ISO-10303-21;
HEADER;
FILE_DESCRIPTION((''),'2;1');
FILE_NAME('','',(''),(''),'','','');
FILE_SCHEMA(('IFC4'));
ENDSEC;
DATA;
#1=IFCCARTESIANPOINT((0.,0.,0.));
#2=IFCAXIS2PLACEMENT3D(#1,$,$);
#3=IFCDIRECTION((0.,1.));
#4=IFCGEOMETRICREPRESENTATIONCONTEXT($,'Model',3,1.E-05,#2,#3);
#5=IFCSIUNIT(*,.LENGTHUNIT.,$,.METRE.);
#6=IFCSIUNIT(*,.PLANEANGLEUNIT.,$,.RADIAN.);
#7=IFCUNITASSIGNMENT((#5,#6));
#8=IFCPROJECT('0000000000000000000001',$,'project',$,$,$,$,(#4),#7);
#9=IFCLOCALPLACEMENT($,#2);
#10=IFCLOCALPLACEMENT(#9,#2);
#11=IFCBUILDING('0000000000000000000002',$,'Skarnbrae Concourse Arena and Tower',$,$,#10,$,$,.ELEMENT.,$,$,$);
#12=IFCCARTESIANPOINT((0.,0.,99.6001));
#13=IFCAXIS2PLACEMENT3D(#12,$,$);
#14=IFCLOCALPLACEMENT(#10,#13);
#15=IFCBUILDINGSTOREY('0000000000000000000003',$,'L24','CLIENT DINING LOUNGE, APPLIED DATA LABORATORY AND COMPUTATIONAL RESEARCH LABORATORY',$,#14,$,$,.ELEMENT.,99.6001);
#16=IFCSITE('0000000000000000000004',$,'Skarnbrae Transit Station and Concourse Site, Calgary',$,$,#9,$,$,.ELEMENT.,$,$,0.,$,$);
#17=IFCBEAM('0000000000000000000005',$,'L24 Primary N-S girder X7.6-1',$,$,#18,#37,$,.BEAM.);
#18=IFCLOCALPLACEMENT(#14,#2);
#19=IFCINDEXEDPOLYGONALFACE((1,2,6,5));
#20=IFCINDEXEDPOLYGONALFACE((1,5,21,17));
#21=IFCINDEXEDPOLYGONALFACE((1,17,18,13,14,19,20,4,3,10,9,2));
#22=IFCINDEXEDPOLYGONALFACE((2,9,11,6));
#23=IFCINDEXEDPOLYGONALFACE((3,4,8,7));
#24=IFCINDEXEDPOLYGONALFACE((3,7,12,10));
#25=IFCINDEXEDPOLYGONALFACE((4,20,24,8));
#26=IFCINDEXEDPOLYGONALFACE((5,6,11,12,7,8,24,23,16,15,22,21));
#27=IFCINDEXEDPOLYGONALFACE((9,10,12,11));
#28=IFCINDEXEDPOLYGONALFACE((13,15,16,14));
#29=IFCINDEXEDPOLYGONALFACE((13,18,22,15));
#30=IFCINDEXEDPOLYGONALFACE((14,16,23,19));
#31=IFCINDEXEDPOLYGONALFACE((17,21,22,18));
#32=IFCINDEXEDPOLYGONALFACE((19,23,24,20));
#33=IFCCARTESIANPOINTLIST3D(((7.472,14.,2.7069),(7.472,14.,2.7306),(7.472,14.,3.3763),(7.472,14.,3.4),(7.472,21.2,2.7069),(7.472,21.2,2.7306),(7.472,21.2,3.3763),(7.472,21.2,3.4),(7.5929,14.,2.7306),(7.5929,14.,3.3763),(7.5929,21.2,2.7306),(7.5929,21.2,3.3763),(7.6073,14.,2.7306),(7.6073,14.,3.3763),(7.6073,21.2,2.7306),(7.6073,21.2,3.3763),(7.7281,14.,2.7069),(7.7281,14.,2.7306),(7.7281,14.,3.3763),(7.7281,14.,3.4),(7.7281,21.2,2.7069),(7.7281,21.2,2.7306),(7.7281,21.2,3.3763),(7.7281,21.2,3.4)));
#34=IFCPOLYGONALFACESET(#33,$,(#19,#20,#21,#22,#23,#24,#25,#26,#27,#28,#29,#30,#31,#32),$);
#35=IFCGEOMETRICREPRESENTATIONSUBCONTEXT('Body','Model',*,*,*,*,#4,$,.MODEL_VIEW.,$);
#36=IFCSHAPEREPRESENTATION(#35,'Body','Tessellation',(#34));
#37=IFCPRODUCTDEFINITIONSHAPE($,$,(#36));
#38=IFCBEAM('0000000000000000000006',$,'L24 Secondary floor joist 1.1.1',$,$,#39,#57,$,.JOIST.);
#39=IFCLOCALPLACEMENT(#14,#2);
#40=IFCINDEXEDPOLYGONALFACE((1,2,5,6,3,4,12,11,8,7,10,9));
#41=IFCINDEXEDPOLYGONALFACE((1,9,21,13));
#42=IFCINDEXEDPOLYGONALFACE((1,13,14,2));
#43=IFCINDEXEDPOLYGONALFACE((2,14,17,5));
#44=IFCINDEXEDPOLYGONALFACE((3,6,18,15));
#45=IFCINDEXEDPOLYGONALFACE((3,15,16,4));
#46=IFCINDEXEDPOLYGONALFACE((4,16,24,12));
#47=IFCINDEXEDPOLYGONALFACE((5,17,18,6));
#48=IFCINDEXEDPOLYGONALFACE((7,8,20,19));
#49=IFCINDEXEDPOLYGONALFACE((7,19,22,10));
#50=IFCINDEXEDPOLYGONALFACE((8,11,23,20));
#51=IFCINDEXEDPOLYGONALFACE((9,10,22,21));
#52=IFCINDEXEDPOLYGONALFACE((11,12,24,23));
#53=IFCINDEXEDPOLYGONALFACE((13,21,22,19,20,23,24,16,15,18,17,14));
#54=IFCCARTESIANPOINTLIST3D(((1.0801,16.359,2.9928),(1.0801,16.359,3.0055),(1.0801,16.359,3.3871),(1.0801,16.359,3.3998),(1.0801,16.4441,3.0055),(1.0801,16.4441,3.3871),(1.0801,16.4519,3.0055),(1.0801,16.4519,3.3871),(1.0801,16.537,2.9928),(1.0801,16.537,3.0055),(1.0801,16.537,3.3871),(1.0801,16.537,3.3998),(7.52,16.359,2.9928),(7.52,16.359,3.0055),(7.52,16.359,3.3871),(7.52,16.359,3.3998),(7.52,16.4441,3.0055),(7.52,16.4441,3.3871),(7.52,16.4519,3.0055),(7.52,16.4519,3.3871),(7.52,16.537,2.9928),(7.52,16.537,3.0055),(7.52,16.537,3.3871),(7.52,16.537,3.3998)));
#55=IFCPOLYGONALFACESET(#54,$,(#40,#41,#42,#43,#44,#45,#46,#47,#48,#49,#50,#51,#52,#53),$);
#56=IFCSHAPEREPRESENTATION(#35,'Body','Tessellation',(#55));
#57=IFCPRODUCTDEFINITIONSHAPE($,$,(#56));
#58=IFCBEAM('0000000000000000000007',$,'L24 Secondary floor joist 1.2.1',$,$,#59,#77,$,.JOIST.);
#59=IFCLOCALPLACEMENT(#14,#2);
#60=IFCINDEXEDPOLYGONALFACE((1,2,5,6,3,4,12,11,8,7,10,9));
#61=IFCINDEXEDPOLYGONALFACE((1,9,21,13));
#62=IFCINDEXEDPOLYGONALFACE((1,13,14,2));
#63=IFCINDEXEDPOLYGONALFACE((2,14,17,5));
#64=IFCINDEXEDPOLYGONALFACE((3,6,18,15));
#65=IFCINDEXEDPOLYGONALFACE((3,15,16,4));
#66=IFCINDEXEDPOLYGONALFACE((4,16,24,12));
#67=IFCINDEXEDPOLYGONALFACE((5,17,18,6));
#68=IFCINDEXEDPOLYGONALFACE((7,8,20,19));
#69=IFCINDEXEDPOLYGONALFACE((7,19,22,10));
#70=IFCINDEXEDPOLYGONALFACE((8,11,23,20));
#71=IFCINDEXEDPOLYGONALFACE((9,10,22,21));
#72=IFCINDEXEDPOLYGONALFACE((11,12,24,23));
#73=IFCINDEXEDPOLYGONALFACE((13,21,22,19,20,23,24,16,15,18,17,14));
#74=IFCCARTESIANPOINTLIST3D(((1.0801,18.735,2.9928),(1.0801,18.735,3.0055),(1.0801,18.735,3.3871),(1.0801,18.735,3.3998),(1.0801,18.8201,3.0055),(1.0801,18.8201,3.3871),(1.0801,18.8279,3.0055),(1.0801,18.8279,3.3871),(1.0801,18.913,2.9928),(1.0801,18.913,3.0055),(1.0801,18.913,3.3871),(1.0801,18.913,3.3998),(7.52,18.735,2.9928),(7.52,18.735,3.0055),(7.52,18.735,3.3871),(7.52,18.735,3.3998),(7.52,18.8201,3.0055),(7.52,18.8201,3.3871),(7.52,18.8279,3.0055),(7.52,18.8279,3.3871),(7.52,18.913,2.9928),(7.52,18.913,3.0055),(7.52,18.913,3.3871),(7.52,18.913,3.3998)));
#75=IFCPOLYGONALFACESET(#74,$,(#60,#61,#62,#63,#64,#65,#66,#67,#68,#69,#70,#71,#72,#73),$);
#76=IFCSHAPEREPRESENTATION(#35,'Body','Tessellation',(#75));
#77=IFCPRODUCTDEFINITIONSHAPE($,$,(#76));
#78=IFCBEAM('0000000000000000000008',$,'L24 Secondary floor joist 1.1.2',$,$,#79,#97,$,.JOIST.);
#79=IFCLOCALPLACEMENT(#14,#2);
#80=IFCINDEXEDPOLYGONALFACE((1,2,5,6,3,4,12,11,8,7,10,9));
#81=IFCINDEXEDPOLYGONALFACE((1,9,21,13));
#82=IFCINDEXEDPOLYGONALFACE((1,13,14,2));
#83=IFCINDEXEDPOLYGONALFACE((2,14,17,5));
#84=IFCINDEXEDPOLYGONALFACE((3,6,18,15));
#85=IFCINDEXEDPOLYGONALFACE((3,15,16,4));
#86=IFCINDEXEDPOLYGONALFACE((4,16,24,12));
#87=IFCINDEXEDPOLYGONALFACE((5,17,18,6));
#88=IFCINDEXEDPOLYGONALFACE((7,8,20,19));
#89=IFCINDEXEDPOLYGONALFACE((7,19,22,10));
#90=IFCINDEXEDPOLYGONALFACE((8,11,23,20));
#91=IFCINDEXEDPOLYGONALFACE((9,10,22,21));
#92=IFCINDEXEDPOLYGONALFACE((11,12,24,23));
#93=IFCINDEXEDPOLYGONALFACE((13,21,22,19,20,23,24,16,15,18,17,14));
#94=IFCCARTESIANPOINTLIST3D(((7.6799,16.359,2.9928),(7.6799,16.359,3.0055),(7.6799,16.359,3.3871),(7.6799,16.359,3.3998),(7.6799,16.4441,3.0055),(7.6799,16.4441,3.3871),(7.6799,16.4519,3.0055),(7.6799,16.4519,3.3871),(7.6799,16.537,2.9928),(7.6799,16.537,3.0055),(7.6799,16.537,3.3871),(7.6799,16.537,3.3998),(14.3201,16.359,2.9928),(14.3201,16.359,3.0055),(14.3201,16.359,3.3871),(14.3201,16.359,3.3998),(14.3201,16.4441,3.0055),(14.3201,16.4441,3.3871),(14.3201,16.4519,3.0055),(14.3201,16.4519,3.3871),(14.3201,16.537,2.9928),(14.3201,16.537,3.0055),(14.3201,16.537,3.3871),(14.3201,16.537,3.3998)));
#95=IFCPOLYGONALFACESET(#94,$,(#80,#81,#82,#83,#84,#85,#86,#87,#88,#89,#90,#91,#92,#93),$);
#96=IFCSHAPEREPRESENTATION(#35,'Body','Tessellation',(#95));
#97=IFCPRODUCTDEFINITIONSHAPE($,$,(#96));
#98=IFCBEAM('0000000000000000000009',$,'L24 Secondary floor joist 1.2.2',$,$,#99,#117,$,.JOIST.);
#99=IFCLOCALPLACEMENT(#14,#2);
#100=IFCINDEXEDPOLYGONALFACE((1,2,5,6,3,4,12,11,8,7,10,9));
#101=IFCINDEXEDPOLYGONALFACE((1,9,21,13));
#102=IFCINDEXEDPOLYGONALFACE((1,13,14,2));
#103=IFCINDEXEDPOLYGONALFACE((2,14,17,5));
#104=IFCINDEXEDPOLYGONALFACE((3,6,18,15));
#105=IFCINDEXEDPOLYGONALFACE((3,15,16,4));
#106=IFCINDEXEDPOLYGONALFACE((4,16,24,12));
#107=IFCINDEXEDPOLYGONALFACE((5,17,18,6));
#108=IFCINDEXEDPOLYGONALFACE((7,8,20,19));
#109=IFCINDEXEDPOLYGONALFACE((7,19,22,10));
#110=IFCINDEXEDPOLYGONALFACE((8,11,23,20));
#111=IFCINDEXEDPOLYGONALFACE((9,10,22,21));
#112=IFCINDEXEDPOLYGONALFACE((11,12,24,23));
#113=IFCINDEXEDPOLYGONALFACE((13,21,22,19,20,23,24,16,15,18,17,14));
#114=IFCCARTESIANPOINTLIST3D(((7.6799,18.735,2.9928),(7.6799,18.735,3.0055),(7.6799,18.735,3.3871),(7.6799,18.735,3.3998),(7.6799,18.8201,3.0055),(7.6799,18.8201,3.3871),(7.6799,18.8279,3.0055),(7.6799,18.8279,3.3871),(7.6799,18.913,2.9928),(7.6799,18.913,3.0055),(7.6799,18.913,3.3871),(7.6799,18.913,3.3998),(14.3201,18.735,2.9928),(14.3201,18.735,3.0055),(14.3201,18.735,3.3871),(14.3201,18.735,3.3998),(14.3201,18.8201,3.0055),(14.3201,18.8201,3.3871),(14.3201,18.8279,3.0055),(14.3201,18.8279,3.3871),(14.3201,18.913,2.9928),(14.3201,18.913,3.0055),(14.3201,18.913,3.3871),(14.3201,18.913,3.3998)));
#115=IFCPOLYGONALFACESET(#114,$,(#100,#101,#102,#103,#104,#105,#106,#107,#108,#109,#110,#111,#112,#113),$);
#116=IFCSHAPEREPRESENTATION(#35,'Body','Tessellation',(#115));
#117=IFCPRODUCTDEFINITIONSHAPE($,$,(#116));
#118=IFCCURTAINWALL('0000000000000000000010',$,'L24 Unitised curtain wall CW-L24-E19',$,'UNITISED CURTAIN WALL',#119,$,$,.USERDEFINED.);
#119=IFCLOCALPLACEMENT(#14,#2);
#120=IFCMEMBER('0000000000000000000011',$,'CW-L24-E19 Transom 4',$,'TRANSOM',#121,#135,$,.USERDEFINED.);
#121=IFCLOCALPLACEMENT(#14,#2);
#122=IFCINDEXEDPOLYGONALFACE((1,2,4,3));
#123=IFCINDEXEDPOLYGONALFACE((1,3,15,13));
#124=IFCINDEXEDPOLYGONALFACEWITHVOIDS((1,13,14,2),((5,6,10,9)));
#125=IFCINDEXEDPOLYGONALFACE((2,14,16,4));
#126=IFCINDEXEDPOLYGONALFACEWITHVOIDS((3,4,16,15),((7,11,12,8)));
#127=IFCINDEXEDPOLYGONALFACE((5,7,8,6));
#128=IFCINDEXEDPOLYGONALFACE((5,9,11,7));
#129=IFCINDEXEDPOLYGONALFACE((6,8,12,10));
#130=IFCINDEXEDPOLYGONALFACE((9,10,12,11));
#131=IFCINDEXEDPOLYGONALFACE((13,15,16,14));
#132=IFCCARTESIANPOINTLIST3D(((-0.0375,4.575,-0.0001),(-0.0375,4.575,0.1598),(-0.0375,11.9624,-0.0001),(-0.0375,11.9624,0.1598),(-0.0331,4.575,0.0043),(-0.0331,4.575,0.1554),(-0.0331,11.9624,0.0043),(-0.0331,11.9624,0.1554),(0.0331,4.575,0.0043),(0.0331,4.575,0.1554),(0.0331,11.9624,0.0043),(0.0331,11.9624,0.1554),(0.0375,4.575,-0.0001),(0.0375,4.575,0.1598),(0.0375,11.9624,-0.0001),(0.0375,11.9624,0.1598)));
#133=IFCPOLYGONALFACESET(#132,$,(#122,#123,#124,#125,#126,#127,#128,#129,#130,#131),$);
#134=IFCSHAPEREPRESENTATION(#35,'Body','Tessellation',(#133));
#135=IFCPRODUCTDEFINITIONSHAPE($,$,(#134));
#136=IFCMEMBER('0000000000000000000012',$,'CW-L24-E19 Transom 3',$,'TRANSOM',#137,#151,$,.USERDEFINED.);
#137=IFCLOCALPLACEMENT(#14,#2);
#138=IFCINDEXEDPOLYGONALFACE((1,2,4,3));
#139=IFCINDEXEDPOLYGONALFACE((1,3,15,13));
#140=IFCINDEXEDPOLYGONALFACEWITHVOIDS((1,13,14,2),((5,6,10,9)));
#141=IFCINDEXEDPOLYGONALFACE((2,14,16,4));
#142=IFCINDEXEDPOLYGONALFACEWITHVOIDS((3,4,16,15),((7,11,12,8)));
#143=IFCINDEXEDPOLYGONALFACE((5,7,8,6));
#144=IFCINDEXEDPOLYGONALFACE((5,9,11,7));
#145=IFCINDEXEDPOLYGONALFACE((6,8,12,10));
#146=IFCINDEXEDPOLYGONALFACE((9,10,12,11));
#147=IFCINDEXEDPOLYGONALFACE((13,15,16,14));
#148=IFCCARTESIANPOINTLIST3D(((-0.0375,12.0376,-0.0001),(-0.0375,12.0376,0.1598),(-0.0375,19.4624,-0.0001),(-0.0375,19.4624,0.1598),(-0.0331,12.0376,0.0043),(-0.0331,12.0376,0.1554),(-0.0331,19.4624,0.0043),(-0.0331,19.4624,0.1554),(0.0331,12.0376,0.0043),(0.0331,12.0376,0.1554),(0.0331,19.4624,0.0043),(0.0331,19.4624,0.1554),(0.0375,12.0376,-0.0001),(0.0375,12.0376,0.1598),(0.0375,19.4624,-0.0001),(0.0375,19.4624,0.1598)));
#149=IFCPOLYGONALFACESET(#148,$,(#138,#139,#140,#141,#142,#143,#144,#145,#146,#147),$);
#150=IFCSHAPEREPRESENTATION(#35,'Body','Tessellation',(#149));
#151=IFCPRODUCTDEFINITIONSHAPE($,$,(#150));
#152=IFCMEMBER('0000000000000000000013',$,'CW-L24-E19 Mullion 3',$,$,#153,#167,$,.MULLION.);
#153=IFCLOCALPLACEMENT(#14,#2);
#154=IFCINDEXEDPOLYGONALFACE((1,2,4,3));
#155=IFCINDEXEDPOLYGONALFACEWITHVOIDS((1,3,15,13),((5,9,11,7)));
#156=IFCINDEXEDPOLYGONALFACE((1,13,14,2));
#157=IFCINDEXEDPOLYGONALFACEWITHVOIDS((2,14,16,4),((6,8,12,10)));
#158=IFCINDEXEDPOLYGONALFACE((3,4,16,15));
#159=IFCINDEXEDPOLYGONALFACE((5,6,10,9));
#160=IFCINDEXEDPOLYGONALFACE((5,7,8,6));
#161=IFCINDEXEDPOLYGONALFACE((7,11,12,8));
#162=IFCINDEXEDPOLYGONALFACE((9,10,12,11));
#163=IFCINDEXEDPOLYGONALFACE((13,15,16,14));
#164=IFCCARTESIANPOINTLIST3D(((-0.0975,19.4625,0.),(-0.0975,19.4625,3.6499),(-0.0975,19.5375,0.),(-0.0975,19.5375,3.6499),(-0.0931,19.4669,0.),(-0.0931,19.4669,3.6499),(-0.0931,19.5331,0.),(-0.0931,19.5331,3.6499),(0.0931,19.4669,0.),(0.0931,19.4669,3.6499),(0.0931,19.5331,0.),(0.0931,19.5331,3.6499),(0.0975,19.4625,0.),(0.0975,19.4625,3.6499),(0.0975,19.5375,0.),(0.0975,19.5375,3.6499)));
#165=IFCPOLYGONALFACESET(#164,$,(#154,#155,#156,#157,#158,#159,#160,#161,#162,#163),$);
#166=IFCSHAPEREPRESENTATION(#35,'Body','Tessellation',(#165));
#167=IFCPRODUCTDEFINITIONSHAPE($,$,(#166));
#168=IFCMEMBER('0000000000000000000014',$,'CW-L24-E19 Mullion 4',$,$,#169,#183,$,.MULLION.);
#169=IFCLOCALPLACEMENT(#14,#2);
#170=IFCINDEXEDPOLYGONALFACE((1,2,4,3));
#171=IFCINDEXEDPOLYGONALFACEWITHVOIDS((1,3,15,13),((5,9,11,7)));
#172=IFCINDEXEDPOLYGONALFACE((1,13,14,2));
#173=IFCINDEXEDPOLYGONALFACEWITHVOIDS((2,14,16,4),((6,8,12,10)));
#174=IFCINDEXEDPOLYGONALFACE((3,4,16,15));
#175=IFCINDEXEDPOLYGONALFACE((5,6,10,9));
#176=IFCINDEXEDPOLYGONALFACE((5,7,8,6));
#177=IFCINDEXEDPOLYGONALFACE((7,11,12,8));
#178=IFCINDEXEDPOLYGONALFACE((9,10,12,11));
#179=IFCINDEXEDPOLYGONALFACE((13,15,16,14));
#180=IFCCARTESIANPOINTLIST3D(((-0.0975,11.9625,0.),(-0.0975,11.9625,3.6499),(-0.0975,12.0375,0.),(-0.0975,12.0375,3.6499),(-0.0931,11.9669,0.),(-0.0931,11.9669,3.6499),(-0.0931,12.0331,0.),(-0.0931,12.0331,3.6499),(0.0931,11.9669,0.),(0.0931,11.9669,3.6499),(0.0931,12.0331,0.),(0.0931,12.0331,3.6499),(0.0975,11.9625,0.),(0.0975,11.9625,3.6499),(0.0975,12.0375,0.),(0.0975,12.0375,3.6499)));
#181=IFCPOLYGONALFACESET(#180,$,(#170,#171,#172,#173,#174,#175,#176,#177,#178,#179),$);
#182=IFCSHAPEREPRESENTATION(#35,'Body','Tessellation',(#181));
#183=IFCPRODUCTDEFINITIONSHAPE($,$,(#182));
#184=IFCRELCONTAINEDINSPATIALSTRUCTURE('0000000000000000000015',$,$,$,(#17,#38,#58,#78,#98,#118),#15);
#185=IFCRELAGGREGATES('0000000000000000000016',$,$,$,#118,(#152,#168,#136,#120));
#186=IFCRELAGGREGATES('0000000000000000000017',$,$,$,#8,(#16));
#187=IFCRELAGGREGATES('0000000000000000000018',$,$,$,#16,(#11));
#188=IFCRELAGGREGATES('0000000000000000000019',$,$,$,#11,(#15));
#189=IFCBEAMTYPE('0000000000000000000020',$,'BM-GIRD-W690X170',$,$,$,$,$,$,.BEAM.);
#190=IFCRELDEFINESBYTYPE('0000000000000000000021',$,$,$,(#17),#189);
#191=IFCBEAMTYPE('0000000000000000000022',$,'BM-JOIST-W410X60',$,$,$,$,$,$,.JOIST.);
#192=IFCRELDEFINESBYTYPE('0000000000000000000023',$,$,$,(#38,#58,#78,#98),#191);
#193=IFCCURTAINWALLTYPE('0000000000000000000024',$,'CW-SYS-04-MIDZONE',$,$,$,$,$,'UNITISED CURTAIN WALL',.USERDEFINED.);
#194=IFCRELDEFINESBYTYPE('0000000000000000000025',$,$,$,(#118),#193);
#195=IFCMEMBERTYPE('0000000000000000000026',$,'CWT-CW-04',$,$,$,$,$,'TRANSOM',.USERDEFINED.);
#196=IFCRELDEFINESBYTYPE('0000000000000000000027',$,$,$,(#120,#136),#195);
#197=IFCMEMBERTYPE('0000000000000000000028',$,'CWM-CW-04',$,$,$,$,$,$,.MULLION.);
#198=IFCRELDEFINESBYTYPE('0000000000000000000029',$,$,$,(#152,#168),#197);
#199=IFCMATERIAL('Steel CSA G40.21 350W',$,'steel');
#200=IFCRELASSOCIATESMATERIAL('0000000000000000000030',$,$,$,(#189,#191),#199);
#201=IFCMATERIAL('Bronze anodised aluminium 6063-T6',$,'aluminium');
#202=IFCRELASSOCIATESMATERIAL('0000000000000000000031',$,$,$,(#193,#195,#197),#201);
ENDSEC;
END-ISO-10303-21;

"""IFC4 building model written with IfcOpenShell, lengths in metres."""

from ifc_helpers import new_model, si_unit, direction, frame, origin, origin_2d, place, context, subcontext, project, spatial, hollow_rectangle, i_section, extrude, source, transform, mapped, material, material_profile, profile_set, type_object, element, aggregate, save


model = new_model("IFC4")

# Units and contexts
model_context = context("Model", 3, precision=1e-05, world=origin(), true_north=direction((0.0, 1.0)))
body_context = subcontext(model_context, "Body", "Model", "MODEL_VIEW")
ifc_project = project(units=[si_unit("LENGTHUNIT", "METRE"), si_unit("PLANEANGLEUNIT", "RADIAN")], contexts=[model_context])

# Site, building, storey
site_placement = place(None, origin())
site = spatial("IfcSite", under=ifc_project, at=site_placement, Name="Skarnbrae Transit Station and Concourse Site, Calgary", CompositionType="ELEMENT", RefElevation=0.0)
building_placement = place(site_placement, origin())
building = spatial("IfcBuilding", under=site, at=building_placement, Name="Skarnbrae Concourse Arena and Tower", CompositionType="ELEMENT")
storey_placement = place(building_placement, frame((0.0, 0.0, 99.6001)))
storey = spatial("IfcBuildingStorey", under=building, at=storey_placement, Name="L24", Description="CLIENT DINING LOUNGE, APPLIED DATA LABORATORY AND COMPUTATIONAL RESEARCH LABORATORY", CompositionType="ELEMENT", Elevation=99.6001)

# Shared definitions
ifc_material_1 = material(Name="Steel CSA G40.21 350W", Category="steel")

# Beams
ifc_material_profile_1 = material_profile(ifc_material_1, i_section(OverallWidth=0.2561, OverallDepth=0.6931, WebThickness=0.0144, FlangeThickness=0.0237, at=origin_2d()), Name="W690X170")
ifc_profile_set_1 = profile_set([ifc_material_profile_1], Name="Steel CSA G40.21 350W")
beam_type_1 = type_object("IfcBeamType", Name="BM-GIRD-W690X170", PredefinedType="BEAM", material=ifc_profile_set_1)
shared_shape_1 = source(origin(), body_context, "Body", "SweptSolid", [
    extrude(i_section(OverallWidth=0.2561, OverallDepth=0.6931, WebThickness=0.0144, FlangeThickness=0.0237, at=origin_2d()), origin(), (0.0, 0.0, 1.0), 7.2),
])
beam_1_placement = place(storey_placement, frame((7.6001, 14.0, 3.0535), z_axis=(0.0, 1.0, 0.0), x_axis=(-1.0, 0.0, 0.0)))
element("IfcBeam", 1, at=beam_1_placement, inside=storey, type_object=beam_type_1, Name="L24 Primary N-S girder X7.6-1", PredefinedType="BEAM", context=body_context, shape_type="MappedRepresentation", body=[
    mapped(shared_shape_1, transform((0.0, 0.0, 0.0))),
])
ifc_material_profile_2 = material_profile(ifc_material_1, i_section(OverallWidth=0.178, OverallDepth=0.407, WebThickness=0.0078, FlangeThickness=0.0127, at=origin_2d()), Name="W410X60")
ifc_profile_set_2 = profile_set([ifc_material_profile_2], Name="Steel CSA G40.21 350W")
beam_type_2 = type_object("IfcBeamType", Name="BM-JOIST-W410X60", PredefinedType="JOIST", material=ifc_profile_set_2)
shared_shape_2 = source(origin(), body_context, "Body", "SweptSolid", [
    extrude(i_section(OverallWidth=0.178, OverallDepth=0.407, WebThickness=0.0078, FlangeThickness=0.0127, at=origin_2d()), origin(), (0.0, 0.0, 1.0), 6.4399),
])
for number, where, z_axis, x_axis, name in (
    (2, (1.0801, 16.448, 3.1963), (1.0, 0.0, 0.0), (0.0, 1.0, 0.0), "L24 Secondary floor joist 1.1.1"),
    (3, (1.0801, 18.824, 3.1963), (1.0, 0.0, 0.0), (0.0, 1.0, 0.0), "L24 Secondary floor joist 1.2.1"),
):
    element("IfcBeam", number, at=place(storey_placement, frame(where, z_axis=z_axis, x_axis=x_axis)), inside=storey, type_object=beam_type_2, Name=name, PredefinedType="JOIST", context=body_context, shape_type="MappedRepresentation", body=[
        mapped(shared_shape_2, transform((0.0, 0.0, 0.0))),
    ])
shared_shape_3 = source(origin(), body_context, "Body", "SweptSolid", [
    extrude(i_section(OverallWidth=0.178, OverallDepth=0.407, WebThickness=0.0078, FlangeThickness=0.0127, at=origin_2d()), origin(), (0.0, 0.0, 1.0), 6.6401),
])
for number, where, z_axis, x_axis, name in (
    (4, (7.6799, 16.448, 3.1963), (1.0, 0.0, 0.0), (0.0, 1.0, 0.0), "L24 Secondary floor joist 1.1.2"),
    (5, (7.6799, 18.824, 3.1963), (1.0, 0.0, 0.0), (0.0, 1.0, 0.0), "L24 Secondary floor joist 1.2.2"),
):
    element("IfcBeam", number, at=place(storey_placement, frame(where, z_axis=z_axis, x_axis=x_axis)), inside=storey, type_object=beam_type_2, Name=name, PredefinedType="JOIST", context=body_context, shape_type="MappedRepresentation", body=[
        mapped(shared_shape_3, transform((0.0, 0.0, 0.0))),
    ])

# Curtain wall, members
ifc_material_2 = material(Name="Bronze anodised aluminium 6063-T6", Category="aluminium")
curtain_wall_type = type_object("IfcCurtainWallType", Name="CW-SYS-04-MIDZONE", ElementType="UNITISED CURTAIN WALL", PredefinedType="USERDEFINED", material=ifc_material_2)
curtain_wall_placement = place(storey_placement, origin())
curtain_wall = element("IfcCurtainWall", 6, at=curtain_wall_placement, inside=storey, type_object=curtain_wall_type, Name="L24 Unitised curtain wall CW-L24-E19", ObjectType="UNITISED CURTAIN WALL", PredefinedType="USERDEFINED")
ifc_material_profile_3 = material_profile(ifc_material_2, hollow_rectangle(XDim=0.075, YDim=0.1599, WallThickness=0.0044, at=origin_2d()), Name="ALU-TRAN-75X160")
ifc_profile_set_3 = profile_set([ifc_material_profile_3], Name="Bronze anodised aluminium 6063-T6")
member_type_1 = type_object("IfcMemberType", Name="CWT-CW-04", ElementType="TRANSOM", PredefinedType="USERDEFINED", material=ifc_profile_set_3)
shared_shape_4 = source(origin(), body_context, "Body", "SweptSolid", [
    extrude(hollow_rectangle(XDim=0.075, YDim=0.1599, WallThickness=0.0044, at=origin_2d()), origin(), (0.0, 0.0, 1.0), 7.3875),
])
member_1_placement = place(storey_placement, frame((0.0, 11.9624, 0.0798), z_axis=(0.0, -1.0, 0.0), x_axis=(1.0, 0.0, 0.0)))
member_1 = element("IfcMember", 7, at=member_1_placement, type_object=member_type_1, Name="CW-L24-E19 Transom 4", ObjectType="TRANSOM", PredefinedType="USERDEFINED", context=body_context, shape_type="MappedRepresentation", body=[
    mapped(shared_shape_4, transform((0.0, 0.0, 0.0))),
])
shared_shape_5 = source(origin(), body_context, "Body", "SweptSolid", [
    extrude(hollow_rectangle(XDim=0.075, YDim=0.1599, WallThickness=0.0044, at=origin_2d()), origin(), (0.0, 0.0, 1.0), 7.4248),
])
member_2_placement = place(storey_placement, frame((0.0, 19.4624, 0.0798), z_axis=(0.0, -1.0, 0.0), x_axis=(1.0, 0.0, 0.0)))
member_2 = element("IfcMember", 8, at=member_2_placement, type_object=member_type_1, Name="CW-L24-E19 Transom 3", ObjectType="TRANSOM", PredefinedType="USERDEFINED", context=body_context, shape_type="MappedRepresentation", body=[
    mapped(shared_shape_5, transform((0.0, 0.0, 0.0))),
])
ifc_material_profile_4 = material_profile(ifc_material_2, hollow_rectangle(XDim=0.075, YDim=0.1951, WallThickness=0.0044, at=origin_2d()), Name="ALU-MULL-75X195")
ifc_profile_set_4 = profile_set([ifc_material_profile_4], Name="Bronze anodised aluminium 6063-T6")
member_type_2 = type_object("IfcMemberType", Name="CWM-CW-04", PredefinedType="MULLION", material=ifc_profile_set_4)
shared_shape_6 = source(origin(), body_context, "Body", "SweptSolid", [
    extrude(hollow_rectangle(XDim=0.075, YDim=0.1951, WallThickness=0.0044, at=origin_2d()), origin(), (0.0, 0.0, 1.0), 3.6499),
])
member_3_placement = place(storey_placement, frame((0.0, 19.5, 0.0), z_axis=(0.0, 0.0, 1.0), x_axis=(0.0, -1.0, 0.0)))
member_3 = element("IfcMember", 9, at=member_3_placement, type_object=member_type_2, Name="CW-L24-E19 Mullion 3", PredefinedType="MULLION", context=body_context, shape_type="MappedRepresentation", body=[
    mapped(shared_shape_6, transform((0.0, 0.0, 0.0))),
])
member_4_placement = place(storey_placement, frame((0.0, 12.0, 0.0), z_axis=(0.0, 0.0, 1.0), x_axis=(0.0, -1.0, 0.0)))
member_4 = element("IfcMember", 10, at=member_4_placement, type_object=member_type_2, Name="CW-L24-E19 Mullion 4", PredefinedType="MULLION", context=body_context, shape_type="MappedRepresentation", body=[
    mapped(shared_shape_6, transform((0.0, 0.0, 0.0))),
])
aggregate(curtain_wall, [member_3, member_4, member_2, member_1])

save(model, "model.ifc")
